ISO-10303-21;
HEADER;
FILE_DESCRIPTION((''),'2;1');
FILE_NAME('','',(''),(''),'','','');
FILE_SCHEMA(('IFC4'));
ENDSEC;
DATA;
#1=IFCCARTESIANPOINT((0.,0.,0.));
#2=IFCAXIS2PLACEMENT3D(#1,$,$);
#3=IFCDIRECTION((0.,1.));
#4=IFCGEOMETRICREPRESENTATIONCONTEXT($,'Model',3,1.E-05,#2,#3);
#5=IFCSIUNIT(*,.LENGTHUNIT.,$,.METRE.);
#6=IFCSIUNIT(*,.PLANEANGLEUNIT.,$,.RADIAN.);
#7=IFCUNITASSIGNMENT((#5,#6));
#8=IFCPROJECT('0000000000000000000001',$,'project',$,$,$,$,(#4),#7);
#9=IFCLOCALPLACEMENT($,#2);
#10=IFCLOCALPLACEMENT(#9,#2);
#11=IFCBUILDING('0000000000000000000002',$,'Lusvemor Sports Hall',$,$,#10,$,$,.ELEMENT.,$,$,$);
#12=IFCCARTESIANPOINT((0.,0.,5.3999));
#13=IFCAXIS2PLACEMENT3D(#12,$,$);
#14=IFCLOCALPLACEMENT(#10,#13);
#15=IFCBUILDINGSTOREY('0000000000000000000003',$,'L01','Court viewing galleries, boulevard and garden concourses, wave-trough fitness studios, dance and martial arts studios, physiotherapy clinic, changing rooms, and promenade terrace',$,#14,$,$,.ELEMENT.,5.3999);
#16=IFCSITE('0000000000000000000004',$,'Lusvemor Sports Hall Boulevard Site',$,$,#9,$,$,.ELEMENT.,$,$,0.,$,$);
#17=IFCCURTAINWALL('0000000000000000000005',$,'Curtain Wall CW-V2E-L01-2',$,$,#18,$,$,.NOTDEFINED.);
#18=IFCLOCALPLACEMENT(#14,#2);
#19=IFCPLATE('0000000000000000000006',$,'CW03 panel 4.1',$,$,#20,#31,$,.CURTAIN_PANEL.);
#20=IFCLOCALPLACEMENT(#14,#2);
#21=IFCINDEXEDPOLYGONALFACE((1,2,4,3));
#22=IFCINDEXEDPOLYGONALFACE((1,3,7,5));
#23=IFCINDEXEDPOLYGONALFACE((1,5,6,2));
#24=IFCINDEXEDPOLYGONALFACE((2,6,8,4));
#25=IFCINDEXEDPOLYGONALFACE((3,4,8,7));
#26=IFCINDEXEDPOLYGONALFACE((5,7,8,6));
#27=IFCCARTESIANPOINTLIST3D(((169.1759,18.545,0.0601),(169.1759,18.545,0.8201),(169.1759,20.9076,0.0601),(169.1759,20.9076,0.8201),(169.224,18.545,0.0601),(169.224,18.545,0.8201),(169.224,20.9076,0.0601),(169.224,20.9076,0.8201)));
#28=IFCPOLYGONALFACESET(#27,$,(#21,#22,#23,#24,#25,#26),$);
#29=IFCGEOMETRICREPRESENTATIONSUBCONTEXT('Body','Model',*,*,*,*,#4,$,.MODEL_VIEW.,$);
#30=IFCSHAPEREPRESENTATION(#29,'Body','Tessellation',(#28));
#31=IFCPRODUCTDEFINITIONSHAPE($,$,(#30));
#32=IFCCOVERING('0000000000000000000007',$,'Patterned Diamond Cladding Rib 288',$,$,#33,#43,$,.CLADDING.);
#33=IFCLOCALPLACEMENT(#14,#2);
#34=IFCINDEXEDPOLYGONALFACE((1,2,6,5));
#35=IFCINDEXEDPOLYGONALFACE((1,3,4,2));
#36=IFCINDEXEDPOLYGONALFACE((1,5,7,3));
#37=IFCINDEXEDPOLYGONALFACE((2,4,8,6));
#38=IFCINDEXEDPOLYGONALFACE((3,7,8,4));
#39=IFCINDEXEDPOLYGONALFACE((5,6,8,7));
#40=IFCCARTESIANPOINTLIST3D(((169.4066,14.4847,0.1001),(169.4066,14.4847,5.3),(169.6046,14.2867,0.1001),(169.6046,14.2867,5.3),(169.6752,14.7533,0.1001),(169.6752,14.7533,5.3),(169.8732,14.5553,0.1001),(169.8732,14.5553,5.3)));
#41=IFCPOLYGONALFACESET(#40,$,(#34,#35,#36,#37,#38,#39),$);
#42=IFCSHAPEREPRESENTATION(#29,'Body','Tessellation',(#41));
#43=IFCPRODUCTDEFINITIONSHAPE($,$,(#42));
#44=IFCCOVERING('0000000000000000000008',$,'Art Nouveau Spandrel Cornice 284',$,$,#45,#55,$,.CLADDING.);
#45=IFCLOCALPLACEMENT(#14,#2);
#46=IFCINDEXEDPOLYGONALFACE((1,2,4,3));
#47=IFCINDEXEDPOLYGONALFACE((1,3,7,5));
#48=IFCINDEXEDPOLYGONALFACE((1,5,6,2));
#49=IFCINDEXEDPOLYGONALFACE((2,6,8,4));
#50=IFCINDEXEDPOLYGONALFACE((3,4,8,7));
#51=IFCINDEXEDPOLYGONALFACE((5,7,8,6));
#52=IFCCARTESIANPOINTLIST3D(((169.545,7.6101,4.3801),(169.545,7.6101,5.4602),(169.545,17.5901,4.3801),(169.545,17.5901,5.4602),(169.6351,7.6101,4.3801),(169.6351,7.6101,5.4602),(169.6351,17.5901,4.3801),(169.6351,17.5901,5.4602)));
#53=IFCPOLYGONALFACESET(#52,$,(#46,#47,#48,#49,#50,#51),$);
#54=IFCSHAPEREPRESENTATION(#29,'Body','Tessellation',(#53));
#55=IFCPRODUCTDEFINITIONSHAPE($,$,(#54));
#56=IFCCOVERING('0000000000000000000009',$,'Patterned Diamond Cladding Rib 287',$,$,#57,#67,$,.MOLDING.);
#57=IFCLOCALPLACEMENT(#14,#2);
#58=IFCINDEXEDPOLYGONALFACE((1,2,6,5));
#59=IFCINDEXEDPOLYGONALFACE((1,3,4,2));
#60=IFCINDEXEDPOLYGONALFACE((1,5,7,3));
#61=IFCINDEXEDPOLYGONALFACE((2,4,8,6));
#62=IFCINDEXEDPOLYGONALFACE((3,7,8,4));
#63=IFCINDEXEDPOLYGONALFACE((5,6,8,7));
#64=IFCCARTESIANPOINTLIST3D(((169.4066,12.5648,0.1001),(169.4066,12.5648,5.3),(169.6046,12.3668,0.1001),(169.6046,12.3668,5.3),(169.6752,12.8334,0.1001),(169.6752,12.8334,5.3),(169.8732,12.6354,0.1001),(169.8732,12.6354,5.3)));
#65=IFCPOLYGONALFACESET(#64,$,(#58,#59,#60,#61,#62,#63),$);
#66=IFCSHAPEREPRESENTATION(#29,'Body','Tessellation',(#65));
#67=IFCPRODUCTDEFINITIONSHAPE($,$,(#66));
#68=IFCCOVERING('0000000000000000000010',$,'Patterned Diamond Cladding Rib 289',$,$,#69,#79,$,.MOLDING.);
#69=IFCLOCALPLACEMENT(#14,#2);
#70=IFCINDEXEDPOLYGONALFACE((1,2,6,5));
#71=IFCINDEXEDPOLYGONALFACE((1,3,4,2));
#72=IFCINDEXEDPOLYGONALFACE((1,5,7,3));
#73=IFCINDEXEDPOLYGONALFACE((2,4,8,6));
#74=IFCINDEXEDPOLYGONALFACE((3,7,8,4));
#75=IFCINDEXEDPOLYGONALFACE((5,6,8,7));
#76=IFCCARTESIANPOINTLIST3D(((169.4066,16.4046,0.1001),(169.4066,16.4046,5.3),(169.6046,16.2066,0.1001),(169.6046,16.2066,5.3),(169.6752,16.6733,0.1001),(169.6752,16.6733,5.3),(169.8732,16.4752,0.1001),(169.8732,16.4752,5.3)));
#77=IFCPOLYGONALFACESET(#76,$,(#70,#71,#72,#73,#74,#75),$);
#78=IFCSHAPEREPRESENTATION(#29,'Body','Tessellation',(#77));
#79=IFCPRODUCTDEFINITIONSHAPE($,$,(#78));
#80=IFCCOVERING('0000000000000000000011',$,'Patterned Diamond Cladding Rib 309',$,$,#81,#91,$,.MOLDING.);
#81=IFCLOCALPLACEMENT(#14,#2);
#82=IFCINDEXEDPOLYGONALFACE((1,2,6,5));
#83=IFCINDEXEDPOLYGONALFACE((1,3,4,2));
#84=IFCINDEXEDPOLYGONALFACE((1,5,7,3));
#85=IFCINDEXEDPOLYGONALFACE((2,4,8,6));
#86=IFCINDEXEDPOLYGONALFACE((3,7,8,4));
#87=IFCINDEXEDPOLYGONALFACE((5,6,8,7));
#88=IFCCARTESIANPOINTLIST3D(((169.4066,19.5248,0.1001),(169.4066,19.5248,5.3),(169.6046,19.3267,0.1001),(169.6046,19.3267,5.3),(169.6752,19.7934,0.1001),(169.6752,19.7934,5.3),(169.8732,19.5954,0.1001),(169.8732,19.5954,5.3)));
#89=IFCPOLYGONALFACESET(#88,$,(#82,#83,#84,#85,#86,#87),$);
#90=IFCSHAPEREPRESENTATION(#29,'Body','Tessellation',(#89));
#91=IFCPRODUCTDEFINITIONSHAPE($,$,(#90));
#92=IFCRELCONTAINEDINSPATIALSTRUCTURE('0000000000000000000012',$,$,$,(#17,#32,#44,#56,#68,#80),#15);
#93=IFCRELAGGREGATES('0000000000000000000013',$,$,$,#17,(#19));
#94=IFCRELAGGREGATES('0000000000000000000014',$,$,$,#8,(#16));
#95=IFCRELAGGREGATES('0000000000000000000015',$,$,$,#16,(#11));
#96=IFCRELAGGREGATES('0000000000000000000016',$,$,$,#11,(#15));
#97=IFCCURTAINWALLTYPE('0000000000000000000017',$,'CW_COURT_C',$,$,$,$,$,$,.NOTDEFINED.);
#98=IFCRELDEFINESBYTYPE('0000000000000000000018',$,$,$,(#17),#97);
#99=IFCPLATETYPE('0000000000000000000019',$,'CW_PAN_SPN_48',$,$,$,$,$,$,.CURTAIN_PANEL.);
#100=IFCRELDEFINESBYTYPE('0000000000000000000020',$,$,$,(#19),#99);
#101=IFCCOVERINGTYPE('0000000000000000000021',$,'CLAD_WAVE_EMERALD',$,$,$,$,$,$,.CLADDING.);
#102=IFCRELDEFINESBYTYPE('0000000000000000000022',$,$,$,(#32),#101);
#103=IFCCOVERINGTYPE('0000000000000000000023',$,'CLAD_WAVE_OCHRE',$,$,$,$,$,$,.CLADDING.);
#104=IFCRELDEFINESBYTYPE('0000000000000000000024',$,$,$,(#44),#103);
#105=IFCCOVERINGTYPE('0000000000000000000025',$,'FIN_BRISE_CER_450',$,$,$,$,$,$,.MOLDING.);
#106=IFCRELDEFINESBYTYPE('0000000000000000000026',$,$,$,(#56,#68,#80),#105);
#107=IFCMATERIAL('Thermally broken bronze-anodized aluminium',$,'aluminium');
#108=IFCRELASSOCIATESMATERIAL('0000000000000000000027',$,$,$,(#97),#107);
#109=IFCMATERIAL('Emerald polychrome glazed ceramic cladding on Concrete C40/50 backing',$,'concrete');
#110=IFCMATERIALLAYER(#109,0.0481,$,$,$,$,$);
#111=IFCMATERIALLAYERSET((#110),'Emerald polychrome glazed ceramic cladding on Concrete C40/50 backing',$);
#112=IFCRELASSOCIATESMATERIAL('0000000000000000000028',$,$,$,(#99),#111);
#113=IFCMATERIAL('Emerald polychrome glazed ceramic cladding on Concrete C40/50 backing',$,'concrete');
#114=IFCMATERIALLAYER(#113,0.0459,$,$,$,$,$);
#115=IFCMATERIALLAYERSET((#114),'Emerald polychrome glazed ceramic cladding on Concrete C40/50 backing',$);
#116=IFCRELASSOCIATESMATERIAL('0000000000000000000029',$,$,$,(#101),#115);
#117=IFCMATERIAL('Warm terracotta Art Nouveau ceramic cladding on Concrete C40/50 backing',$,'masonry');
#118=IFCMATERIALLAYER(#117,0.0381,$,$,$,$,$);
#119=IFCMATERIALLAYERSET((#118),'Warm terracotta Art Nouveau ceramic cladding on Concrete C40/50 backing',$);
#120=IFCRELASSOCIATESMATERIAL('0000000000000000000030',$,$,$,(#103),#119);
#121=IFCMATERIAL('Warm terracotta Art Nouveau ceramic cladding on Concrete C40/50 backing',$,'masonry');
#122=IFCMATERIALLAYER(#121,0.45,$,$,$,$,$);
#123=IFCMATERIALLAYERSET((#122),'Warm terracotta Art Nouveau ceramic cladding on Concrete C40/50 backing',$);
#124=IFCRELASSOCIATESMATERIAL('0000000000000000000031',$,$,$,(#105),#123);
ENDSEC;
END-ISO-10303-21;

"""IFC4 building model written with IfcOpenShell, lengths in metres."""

from ifc_helpers import new_model, si_unit, direction, frame, origin, origin_2d, place, context, subcontext, project, spatial, rectangle, extrude, material, layer, layer_set, type_object, element, aggregate, save


model = new_model("IFC4")

# Units and contexts
model_context = context("Model", 3, precision=1e-05, world=origin(), true_north=direction((0.0, 1.0)))
body_context = subcontext(model_context, "Body", "Model", "MODEL_VIEW")
ifc_project = project(units=[si_unit("LENGTHUNIT", "METRE"), si_unit("PLANEANGLEUNIT", "RADIAN")], contexts=[model_context])

# Site, building, storey
site_placement = place(None, origin())
site = spatial("IfcSite", under=ifc_project, at=site_placement, Name="Lusvemor Sports Hall Boulevard Site", CompositionType="ELEMENT", RefElevation=0.0)
building_placement = place(site_placement, origin())
building = spatial("IfcBuilding", under=site, at=building_placement, Name="Lusvemor Sports Hall", CompositionType="ELEMENT")
storey_placement = place(building_placement, frame((0.0, 0.0, 5.3999)))
storey = spatial("IfcBuildingStorey", under=building, at=storey_placement, Name="L01", Description="Court viewing galleries, boulevard and garden concourses, wave-trough fitness studios, dance and martial arts studios, physiotherapy clinic, changing rooms, and promenade terrace", CompositionType="ELEMENT", Elevation=5.3999)

# Shared definitions
ifc_material_1 = material(Name="Thermally broken bronze-anodized aluminium", Category="aluminium")
curtain_wall_type = type_object("IfcCurtainWallType", Name="CW_COURT_C", PredefinedType="NOTDEFINED", material=ifc_material_1)

# Curtain wall
curtain_wall_1_placement = place(storey_placement, origin())
curtain_wall_1 = element("IfcCurtainWall", 1, at=curtain_wall_1_placement, inside=storey, type_object=curtain_wall_type, Name="Curtain Wall CW-V2E-L01-2", PredefinedType="NOTDEFINED")

# Plate
ifc_material_2 = material(Name="Emerald polychrome glazed ceramic cladding on Concrete C40/50 backing", Category="concrete")
ifc_layer_1 = layer(ifc_material_2, 0.0481)
ifc_layer_set_1 = layer_set([ifc_layer_1], Name="Emerald polychrome glazed ceramic cladding on Concrete C40/50 backing")
plate_type_1 = type_object("IfcPlateType", Name="CW_PAN_SPN_48", PredefinedType="CURTAIN_PANEL", material=ifc_layer_set_1)
plate_1_placement = place(storey_placement, frame((169.2, 19.7263, 0.0601), z_axis=(0.0, 0.0, 1.0), x_axis=(0.0, -1.0, 0.0)))
plate_1 = element("IfcPlate", 2, at=plate_1_placement, type_object=plate_type_1, Name="CW03 panel 4.1", PredefinedType="CURTAIN_PANEL", context=body_context, shape_type="SweptSolid", body=[
    extrude(rectangle(XDim=2.3625, YDim=0.0481, at=origin_2d()), origin(), (0.0, 0.0, 1.0), 0.76),
])
aggregate(curtain_wall_1, [plate_1])

# Coverings
ifc_material_3 = material(Name="Emerald polychrome glazed ceramic cladding on Concrete C40/50 backing", Category="concrete")
ifc_layer_2 = layer(ifc_material_3, 0.0459)
ifc_layer_set_2 = layer_set([ifc_layer_2], Name="Emerald polychrome glazed ceramic cladding on Concrete C40/50 backing")
covering_type_1 = type_object("IfcCoveringType", Name="CLAD_WAVE_EMERALD", PredefinedType="CLADDING", material=ifc_layer_set_2)
covering_1_placement = place(storey_placement, frame((169.6399, 14.52, 0.1001), z_axis=(0.0, 0.0, 1.0), x_axis=(0.707107, 0.707107, 0.0)))
element("IfcCovering", 3, at=covering_1_placement, inside=storey, type_object=covering_type_1, Name="Patterned Diamond Cladding Rib 288", PredefinedType="CLADDING", context=body_context, shape_type="SweptSolid", body=[
    extrude(rectangle(XDim=0.3799, YDim=0.28, at=origin_2d()), origin(), (0.0, 0.0, 1.0), 5.2),
])
ifc_material_4 = material(Name="Warm terracotta Art Nouveau ceramic cladding on Concrete C40/50 backing", Category="masonry")
ifc_layer_3 = layer(ifc_material_4, 0.0381)
ifc_layer_set_3 = layer_set([ifc_layer_3], Name="Warm terracotta Art Nouveau ceramic cladding on Concrete C40/50 backing")
covering_type_2 = type_object("IfcCoveringType", Name="CLAD_WAVE_OCHRE", PredefinedType="CLADDING", material=ifc_layer_set_3)
covering_2_placement = place(storey_placement, frame((169.5901, 12.6001, 4.3801), z_axis=(0.0, 0.0, 1.0), x_axis=(1.0, 0.0, 0.0)))
element("IfcCovering", 4, at=covering_2_placement, inside=storey, type_object=covering_type_2, Name="Art Nouveau Spandrel Cornice 284", PredefinedType="CLADDING", context=body_context, shape_type="SweptSolid", body=[
    extrude(rectangle(XDim=0.0901, YDim=9.98, at=origin_2d()), origin(), (0.0, 0.0, 1.0), 1.0801),
])
ifc_material_5 = material(Name="Warm terracotta Art Nouveau ceramic cladding on Concrete C40/50 backing", Category="masonry")
ifc_layer_4 = layer(ifc_material_5, 0.45)
ifc_layer_set_4 = layer_set([ifc_layer_4], Name="Warm terracotta Art Nouveau ceramic cladding on Concrete C40/50 backing")
covering_type_3 = type_object("IfcCoveringType", Name="FIN_BRISE_CER_450", PredefinedType="MOLDING", material=ifc_layer_set_4)
for number, where, z_axis, x_axis, name in (
    (5, (169.6399, 12.6001, 0.1001), (0.0, 0.0, 1.0), (0.707107, 0.707107, 0.0), "Patterned Diamond Cladding Rib 287"),
    (6, (169.6399, 16.4399, 0.1001), (0.0, 0.0, 1.0), (0.707107, 0.707107, 0.0), "Patterned Diamond Cladding Rib 289"),
    (7, (169.6399, 19.5601, 0.1001), (0.0, 0.0, 1.0), (0.707107, 0.707107, 0.0), "Patterned Diamond Cladding Rib 309"),
):
    element("IfcCovering", number, at=place(storey_placement, frame(where, z_axis=z_axis, x_axis=x_axis)), inside=storey, type_object=covering_type_3, Name=name, PredefinedType="MOLDING", context=body_context, shape_type="SweptSolid", body=[
        extrude(rectangle(XDim=0.3799, YDim=0.28, at=origin_2d()), origin(), (0.0, 0.0, 1.0), 5.2),
    ])

save(model, "model.ifc")
